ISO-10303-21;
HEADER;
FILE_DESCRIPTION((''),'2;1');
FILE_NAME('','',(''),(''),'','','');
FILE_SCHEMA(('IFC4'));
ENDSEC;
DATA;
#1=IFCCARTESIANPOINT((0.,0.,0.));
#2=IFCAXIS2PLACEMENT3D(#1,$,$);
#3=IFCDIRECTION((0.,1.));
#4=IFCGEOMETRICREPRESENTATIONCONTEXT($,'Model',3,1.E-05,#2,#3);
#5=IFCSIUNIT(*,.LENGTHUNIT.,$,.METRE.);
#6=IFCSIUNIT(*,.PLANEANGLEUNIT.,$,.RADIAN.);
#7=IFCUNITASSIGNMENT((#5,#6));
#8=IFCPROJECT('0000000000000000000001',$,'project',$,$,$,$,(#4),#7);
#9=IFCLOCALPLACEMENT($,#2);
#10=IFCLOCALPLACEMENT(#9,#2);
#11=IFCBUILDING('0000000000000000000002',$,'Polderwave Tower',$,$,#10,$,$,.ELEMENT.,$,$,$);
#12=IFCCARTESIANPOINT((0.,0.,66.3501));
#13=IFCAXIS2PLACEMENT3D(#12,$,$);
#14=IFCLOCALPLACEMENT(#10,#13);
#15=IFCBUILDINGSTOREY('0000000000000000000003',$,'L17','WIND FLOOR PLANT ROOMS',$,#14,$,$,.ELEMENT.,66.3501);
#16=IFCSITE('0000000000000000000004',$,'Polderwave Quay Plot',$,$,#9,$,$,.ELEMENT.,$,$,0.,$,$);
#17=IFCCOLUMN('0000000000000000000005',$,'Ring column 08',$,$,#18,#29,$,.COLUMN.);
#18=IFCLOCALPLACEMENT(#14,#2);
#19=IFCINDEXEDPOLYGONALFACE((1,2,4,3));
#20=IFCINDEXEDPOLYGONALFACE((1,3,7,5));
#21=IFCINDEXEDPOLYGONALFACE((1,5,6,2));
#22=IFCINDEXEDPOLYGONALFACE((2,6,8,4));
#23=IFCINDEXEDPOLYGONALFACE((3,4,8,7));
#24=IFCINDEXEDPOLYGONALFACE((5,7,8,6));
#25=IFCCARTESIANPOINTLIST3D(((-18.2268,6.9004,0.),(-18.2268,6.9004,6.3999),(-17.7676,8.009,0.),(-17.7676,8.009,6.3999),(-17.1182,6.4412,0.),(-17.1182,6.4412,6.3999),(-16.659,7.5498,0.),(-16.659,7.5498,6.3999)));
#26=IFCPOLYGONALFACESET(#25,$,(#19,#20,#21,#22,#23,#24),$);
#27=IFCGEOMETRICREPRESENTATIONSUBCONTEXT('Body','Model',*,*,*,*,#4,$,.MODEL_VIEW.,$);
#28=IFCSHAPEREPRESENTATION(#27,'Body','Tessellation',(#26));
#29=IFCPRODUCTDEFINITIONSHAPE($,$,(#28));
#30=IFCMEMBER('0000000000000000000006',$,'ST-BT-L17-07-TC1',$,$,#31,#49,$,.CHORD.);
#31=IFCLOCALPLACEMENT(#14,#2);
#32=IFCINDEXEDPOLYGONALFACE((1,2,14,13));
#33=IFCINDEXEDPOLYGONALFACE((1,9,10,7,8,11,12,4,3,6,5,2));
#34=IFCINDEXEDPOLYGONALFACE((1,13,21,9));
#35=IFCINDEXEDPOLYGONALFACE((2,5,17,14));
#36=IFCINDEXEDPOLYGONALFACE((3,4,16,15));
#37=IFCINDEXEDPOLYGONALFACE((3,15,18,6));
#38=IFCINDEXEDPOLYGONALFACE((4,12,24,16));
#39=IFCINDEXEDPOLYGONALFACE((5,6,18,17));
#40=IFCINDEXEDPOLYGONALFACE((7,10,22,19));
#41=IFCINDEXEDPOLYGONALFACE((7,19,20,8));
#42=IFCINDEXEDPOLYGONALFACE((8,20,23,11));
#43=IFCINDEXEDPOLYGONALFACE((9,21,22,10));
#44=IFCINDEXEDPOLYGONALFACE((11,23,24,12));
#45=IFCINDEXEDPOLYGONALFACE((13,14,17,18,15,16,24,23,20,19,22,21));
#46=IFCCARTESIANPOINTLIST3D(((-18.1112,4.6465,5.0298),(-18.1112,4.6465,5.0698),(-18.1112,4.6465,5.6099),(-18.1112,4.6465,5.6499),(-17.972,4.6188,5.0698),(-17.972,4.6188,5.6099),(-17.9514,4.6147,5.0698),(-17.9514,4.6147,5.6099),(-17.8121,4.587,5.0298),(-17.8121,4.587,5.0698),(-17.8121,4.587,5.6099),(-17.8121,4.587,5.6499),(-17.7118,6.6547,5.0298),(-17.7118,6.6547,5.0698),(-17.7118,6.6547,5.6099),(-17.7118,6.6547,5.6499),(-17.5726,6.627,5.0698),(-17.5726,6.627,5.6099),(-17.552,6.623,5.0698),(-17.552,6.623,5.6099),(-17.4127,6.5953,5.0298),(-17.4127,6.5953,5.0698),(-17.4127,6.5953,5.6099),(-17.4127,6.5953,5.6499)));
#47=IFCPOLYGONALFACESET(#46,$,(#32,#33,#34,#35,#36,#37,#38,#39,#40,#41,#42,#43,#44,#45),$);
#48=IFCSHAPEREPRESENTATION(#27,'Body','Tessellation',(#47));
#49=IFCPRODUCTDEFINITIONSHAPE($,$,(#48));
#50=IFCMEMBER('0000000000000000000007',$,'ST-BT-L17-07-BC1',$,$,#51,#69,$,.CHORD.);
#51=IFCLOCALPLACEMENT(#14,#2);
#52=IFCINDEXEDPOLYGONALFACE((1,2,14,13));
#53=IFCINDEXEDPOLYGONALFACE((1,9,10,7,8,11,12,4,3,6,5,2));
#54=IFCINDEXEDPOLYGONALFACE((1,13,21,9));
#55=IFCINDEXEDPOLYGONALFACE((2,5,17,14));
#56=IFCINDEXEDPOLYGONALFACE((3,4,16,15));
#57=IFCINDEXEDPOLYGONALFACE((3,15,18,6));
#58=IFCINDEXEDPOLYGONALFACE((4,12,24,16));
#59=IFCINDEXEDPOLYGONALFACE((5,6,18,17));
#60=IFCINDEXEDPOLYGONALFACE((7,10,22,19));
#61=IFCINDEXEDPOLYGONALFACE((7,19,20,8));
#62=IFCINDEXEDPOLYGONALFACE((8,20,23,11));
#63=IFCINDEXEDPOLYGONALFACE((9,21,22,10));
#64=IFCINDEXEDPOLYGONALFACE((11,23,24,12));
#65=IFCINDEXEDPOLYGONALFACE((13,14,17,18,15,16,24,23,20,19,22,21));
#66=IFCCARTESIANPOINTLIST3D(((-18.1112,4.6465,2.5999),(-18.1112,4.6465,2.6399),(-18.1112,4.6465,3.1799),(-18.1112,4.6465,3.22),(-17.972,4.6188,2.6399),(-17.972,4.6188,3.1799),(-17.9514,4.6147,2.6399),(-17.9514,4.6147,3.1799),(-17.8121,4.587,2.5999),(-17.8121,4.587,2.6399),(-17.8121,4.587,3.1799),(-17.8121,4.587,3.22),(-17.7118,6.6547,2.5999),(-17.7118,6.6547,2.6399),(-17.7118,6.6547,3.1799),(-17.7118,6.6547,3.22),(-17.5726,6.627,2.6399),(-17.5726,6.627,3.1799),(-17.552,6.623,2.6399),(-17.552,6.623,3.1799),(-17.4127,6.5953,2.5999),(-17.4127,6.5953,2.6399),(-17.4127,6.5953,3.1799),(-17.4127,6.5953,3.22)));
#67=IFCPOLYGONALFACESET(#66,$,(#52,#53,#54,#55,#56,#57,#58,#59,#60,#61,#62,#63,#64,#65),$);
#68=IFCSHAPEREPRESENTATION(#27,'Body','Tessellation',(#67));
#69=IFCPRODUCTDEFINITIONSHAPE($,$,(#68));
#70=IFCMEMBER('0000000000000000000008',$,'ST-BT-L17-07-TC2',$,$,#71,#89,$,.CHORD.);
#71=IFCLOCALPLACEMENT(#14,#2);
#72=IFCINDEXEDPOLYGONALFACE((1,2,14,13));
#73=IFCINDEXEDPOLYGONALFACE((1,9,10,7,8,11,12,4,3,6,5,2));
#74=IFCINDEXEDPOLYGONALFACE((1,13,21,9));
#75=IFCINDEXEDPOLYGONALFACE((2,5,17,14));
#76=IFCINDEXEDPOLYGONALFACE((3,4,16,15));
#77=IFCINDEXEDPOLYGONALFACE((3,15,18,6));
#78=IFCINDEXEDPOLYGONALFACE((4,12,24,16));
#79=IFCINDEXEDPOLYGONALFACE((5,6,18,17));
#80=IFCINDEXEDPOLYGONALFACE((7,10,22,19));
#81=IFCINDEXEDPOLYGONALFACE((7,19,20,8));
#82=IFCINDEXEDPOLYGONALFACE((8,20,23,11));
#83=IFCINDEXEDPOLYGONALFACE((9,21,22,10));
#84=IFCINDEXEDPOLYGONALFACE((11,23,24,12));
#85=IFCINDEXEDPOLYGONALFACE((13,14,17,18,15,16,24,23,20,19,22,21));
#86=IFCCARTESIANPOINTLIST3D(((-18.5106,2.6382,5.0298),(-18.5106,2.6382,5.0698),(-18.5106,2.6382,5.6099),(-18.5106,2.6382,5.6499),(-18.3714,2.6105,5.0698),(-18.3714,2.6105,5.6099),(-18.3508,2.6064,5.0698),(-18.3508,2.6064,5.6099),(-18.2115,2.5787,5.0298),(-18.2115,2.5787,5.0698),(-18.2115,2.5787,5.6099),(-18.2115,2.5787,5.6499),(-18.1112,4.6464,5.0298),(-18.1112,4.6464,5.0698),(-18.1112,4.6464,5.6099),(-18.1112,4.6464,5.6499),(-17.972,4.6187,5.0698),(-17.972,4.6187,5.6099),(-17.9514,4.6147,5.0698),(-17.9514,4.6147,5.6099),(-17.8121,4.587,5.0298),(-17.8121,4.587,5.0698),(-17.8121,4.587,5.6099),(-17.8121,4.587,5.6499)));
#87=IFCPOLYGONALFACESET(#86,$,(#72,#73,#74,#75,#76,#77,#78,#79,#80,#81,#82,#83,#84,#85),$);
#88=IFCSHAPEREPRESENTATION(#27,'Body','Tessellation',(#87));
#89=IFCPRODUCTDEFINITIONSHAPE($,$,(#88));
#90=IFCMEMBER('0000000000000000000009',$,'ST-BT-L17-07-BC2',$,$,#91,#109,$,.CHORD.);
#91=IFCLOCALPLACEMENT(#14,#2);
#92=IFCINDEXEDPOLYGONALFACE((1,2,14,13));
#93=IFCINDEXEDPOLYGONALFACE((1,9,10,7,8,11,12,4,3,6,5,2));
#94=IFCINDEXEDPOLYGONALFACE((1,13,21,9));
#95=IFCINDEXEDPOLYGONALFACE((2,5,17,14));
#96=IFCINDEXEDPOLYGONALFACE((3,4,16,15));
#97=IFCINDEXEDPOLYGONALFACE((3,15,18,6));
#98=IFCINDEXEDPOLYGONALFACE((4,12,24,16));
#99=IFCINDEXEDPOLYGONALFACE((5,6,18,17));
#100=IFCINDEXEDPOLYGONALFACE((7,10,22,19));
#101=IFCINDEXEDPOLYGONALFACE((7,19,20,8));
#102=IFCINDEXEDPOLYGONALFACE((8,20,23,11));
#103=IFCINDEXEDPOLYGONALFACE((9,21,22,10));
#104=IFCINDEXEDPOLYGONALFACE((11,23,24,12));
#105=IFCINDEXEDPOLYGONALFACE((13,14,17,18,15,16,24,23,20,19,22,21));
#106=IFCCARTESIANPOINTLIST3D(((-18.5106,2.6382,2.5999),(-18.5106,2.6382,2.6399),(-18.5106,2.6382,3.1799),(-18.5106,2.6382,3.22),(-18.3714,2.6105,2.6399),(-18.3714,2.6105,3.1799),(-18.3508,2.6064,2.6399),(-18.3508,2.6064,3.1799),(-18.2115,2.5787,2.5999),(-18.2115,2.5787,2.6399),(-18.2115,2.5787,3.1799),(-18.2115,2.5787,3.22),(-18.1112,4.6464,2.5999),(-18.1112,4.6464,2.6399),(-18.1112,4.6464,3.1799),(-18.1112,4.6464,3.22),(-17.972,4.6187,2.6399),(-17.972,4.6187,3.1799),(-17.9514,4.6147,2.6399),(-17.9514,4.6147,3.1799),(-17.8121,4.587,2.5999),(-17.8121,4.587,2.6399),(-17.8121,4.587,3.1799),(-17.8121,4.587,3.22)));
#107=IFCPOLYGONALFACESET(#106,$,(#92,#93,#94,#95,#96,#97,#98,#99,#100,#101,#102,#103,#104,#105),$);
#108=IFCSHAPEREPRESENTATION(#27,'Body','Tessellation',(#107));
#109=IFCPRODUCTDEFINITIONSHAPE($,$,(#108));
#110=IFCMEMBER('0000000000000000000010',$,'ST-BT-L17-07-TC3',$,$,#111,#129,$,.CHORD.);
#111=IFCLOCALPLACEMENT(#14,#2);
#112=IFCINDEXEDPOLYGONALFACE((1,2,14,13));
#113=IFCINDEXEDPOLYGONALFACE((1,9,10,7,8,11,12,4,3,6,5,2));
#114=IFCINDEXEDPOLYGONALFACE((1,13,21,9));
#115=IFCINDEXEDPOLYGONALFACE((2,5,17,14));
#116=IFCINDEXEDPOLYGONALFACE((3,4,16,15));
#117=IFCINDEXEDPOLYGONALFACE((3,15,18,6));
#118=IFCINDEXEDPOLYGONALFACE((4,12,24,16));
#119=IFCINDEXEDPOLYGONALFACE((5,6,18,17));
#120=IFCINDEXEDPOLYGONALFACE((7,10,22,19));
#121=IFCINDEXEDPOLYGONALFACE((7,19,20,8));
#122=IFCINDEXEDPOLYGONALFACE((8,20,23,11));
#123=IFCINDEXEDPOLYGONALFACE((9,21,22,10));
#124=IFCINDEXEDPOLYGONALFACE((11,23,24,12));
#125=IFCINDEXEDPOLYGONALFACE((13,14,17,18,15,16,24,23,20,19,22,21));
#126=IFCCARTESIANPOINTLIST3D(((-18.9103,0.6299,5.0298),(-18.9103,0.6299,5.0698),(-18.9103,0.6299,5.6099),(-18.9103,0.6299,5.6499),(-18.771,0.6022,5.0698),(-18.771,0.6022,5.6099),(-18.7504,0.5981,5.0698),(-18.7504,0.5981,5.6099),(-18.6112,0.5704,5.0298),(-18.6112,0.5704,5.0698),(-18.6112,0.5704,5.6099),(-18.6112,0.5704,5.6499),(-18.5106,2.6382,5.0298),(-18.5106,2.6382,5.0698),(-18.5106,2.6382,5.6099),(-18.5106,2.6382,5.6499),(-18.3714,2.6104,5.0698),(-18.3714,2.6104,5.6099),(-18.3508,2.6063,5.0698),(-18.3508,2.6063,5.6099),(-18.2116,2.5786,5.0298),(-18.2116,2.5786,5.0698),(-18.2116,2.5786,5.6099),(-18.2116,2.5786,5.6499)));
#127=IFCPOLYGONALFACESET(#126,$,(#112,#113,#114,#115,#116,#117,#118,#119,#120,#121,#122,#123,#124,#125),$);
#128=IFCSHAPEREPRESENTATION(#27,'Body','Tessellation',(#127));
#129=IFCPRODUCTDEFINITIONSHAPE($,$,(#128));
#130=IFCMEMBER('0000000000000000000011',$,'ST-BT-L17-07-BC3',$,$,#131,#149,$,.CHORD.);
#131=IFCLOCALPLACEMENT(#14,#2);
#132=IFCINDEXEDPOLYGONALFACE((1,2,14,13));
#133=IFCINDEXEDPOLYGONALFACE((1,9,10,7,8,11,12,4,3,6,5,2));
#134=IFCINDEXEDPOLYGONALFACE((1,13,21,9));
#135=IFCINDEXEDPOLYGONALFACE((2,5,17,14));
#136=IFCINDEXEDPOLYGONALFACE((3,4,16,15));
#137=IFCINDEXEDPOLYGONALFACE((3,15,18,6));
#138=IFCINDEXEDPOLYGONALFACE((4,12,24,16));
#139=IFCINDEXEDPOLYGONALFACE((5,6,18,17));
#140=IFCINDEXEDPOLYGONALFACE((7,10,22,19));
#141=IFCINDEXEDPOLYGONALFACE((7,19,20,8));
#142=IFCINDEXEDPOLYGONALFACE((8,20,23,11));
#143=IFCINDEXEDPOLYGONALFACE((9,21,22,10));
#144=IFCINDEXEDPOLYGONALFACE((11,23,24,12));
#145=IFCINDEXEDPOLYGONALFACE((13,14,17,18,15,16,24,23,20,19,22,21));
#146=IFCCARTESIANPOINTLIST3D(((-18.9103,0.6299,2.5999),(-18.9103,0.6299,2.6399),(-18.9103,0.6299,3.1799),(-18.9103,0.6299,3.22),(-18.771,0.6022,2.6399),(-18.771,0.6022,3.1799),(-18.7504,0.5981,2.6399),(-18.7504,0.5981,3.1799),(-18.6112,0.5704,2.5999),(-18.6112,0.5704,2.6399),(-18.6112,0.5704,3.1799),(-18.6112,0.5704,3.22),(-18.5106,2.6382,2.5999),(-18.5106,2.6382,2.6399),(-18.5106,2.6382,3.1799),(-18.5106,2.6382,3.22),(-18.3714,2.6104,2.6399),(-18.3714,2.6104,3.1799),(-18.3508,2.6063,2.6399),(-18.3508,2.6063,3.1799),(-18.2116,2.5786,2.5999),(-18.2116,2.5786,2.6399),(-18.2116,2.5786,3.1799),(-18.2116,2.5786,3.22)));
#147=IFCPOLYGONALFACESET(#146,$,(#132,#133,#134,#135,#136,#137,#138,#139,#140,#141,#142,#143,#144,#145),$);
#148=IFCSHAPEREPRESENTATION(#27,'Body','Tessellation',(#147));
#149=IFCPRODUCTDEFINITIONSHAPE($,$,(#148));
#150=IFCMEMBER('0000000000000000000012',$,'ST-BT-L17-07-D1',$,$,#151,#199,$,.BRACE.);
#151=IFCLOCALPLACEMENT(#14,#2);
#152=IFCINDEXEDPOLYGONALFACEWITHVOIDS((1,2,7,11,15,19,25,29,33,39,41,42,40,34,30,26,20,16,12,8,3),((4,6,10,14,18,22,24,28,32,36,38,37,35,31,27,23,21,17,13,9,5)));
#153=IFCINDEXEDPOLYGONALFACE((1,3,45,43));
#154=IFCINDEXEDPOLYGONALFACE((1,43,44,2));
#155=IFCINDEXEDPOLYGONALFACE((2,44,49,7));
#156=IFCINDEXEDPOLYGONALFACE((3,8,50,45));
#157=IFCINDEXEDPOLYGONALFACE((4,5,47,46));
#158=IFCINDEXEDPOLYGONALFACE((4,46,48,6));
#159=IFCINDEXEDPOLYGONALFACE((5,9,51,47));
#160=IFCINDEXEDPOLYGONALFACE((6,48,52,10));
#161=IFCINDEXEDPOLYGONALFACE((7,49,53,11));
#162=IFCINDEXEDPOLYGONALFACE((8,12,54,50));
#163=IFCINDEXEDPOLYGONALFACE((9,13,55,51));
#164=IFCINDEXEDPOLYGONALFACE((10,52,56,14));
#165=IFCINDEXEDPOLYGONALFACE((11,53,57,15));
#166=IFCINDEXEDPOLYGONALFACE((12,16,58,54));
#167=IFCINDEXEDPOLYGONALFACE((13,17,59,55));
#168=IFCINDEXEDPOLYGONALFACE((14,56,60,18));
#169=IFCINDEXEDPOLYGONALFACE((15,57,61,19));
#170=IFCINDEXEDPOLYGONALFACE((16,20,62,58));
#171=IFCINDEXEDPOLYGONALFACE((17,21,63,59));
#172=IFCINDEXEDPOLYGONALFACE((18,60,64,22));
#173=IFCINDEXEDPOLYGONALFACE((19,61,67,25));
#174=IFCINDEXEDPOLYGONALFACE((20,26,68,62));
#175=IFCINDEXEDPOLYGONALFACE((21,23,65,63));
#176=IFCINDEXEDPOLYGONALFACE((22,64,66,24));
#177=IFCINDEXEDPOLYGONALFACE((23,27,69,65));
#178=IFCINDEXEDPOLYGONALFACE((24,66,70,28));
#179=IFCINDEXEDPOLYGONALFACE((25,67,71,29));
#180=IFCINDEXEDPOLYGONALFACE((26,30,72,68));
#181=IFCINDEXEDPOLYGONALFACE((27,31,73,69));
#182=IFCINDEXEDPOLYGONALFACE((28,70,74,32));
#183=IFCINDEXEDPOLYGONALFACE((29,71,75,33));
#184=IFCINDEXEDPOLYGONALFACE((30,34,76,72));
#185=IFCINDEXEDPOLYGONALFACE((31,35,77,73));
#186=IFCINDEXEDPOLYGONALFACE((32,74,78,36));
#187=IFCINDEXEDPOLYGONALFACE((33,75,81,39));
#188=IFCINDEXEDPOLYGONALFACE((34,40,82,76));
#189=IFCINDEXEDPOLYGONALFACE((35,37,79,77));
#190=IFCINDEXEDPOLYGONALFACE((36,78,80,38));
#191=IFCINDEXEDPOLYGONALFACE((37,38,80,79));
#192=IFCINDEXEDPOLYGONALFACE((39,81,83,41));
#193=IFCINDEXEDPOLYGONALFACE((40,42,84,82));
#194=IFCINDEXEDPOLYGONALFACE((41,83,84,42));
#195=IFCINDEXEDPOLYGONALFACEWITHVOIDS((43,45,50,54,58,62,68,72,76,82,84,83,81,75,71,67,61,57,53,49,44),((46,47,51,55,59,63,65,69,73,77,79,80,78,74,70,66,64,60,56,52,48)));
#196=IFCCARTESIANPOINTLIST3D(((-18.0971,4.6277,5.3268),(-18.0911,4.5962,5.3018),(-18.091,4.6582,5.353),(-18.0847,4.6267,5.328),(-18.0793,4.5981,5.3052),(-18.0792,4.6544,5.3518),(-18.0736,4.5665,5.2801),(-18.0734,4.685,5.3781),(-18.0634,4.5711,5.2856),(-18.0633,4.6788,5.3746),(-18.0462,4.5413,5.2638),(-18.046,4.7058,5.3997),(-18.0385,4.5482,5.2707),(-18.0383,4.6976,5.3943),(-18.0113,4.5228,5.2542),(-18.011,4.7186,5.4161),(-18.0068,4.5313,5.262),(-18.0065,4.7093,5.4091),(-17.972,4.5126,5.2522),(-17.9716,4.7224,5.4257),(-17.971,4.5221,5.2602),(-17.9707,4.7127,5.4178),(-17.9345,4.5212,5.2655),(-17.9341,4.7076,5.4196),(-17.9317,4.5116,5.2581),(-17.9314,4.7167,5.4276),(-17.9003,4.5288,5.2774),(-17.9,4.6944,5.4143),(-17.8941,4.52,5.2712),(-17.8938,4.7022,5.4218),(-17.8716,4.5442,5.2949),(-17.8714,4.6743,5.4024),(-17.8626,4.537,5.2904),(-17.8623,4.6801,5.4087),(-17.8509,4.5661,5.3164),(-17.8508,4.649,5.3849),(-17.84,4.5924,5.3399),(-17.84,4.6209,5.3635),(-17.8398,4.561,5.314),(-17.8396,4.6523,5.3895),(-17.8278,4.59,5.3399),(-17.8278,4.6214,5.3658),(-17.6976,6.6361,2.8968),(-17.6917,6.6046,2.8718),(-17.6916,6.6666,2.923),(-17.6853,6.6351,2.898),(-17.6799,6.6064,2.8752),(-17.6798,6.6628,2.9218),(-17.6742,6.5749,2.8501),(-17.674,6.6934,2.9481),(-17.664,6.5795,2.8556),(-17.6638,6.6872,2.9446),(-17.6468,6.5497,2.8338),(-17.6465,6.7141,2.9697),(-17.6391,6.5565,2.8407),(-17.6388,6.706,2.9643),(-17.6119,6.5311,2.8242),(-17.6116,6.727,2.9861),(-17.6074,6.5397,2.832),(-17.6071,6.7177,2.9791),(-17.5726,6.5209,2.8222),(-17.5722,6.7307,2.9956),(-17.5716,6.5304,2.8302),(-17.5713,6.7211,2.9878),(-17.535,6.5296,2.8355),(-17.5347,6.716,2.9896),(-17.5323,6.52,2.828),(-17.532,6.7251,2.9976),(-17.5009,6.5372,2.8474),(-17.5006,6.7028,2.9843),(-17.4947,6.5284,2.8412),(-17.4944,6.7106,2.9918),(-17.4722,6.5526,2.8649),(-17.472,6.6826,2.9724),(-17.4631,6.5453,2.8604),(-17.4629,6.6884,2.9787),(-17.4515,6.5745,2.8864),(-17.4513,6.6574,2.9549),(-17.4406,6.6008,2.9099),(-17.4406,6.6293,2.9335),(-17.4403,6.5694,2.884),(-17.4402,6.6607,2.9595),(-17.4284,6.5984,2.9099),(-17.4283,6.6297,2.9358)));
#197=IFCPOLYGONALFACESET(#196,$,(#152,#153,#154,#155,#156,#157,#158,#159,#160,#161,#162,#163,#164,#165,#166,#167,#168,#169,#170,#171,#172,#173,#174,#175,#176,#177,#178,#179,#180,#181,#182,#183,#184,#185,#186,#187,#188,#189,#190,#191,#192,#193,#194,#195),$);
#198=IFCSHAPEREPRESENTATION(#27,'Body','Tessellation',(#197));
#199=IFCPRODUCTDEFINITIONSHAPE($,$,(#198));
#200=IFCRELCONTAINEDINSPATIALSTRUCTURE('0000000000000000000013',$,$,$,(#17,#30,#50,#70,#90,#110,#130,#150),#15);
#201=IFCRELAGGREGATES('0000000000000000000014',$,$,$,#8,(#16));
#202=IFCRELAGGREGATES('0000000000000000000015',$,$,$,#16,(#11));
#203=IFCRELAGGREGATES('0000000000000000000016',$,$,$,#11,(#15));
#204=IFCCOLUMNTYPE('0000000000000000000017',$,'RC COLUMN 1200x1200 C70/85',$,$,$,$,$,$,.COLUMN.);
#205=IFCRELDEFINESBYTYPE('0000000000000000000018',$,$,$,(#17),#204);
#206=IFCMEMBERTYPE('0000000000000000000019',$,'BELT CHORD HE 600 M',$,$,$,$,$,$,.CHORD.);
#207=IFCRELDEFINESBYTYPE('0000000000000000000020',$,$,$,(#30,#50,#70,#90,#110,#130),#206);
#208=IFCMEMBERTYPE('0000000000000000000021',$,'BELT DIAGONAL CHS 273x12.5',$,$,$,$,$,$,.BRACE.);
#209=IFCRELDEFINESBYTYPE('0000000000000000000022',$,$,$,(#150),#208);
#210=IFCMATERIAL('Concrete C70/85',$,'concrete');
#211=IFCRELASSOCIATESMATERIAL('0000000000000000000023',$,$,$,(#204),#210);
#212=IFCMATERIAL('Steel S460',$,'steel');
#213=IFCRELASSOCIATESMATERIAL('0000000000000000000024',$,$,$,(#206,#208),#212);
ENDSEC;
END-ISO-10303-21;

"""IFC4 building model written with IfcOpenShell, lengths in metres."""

from ifc_helpers import new_model, si_unit, direction, frame, origin, origin_2d, place, context, subcontext, project, spatial, rectangle, hollow_circle, i_section, extrude, material, material_profile, profile_set, type_object, element, save


model = new_model("IFC4")

# Units and contexts
model_context = context("Model", 3, precision=1e-05, world=origin(), true_north=direction((0.0, 1.0)))
body_context = subcontext(model_context, "Body", "Model", "MODEL_VIEW")
ifc_project = project(units=[si_unit("LENGTHUNIT", "METRE"), si_unit("PLANEANGLEUNIT", "RADIAN")], contexts=[model_context])

# Site, building, storey
site_placement = place(None, origin())
site = spatial("IfcSite", under=ifc_project, at=site_placement, Name="Polderwave Quay Plot", CompositionType="ELEMENT", RefElevation=0.0)
building_placement = place(site_placement, origin())
building = spatial("IfcBuilding", under=site, at=building_placement, Name="Polderwave Tower", CompositionType="ELEMENT")
storey_placement = place(building_placement, frame((0.0, 0.0, 66.3501)))
storey = spatial("IfcBuildingStorey", under=building, at=storey_placement, Name="L17", Description="WIND FLOOR PLANT ROOMS", CompositionType="ELEMENT", Elevation=66.3501)

# Column
ifc_material_1 = material(Name="Concrete C70/85", Category="concrete")
ifc_material_profile_1 = material_profile(ifc_material_1, rectangle(XDim=1.2, YDim=1.2, at=origin_2d()), Name="RC 1200x1200")
ifc_profile_set_1 = profile_set([ifc_material_profile_1], Name="Concrete C70/85")
column_type = type_object("IfcColumnType", Name="RC COLUMN 1200x1200 C70/85", PredefinedType="COLUMN", material=ifc_profile_set_1)
column_placement = place(storey_placement, frame((-17.4429, 7.2251, 0.0), z_axis=(0.0, 0.0, 1.0), x_axis=(-0.92388, 0.382683, 0.0)))
element("IfcColumn", 1, at=column_placement, inside=storey, type_object=column_type, Name="Ring column 08", PredefinedType="COLUMN", context=body_context, shape_type="SweptSolid", body=[
    extrude(rectangle(XDim=1.2, YDim=1.2, at=origin_2d()), origin(), (0.0, 0.0, 1.0), 6.3999),
])

# Members
ifc_material_2 = material(Name="Steel S460", Category="steel")
ifc_material_profile_2 = material_profile(ifc_material_2, i_section(OverallWidth=0.3049, OverallDepth=0.6201, WebThickness=0.021, FlangeThickness=0.04, at=origin_2d()), Name="HE 600 M")
ifc_profile_set_2 = profile_set([ifc_material_profile_2], Name="Steel S460")
member_type_1 = type_object("IfcMemberType", Name="BELT CHORD HE 600 M", PredefinedType="CHORD", material=ifc_profile_set_2)
for number, where, z_axis, x_axis, name in (
    (2, (-17.5623, 6.625, 5.3398), (-0.195061, -0.980791, 0.0), (0.980791, -0.195061, 0.0), "ST-BT-L17-07-TC1"),
    (3, (-17.5623, 6.625, 2.9099), (-0.195061, -0.980791, 0.0), (0.980791, -0.195061, 0.0), "ST-BT-L17-07-BC1"),
    (4, (-17.9617, 4.6167, 5.3398), (-0.195061, -0.980791, 0.0), (0.980791, -0.195061, 0.0), "ST-BT-L17-07-TC2"),
    (5, (-17.9617, 4.6167, 2.9099), (-0.195061, -0.980791, 0.0), (0.980791, -0.195061, 0.0), "ST-BT-L17-07-BC2"),
    (6, (-18.3611, 2.6084, 5.3398), (-0.195176, -0.980768, 0.0), (0.980768, -0.195176, 0.0), "ST-BT-L17-07-TC3"),
    (7, (-18.3611, 2.6084, 2.9099), (-0.195176, -0.980768, 0.0), (0.980768, -0.195176, 0.0), "ST-BT-L17-07-BC3"),
):
    element("IfcMember", number, at=place(storey_placement, frame(where, z_axis=z_axis, x_axis=x_axis)), inside=storey, type_object=member_type_1, Name=name, PredefinedType="CHORD", context=body_context, shape_type="SweptSolid", body=[
        extrude(i_section(OverallWidth=0.3049, OverallDepth=0.6201, WebThickness=0.021, FlangeThickness=0.04, at=origin_2d()), origin(), (0.0, 0.0, 1.0), 2.0476),
    ])
ifc_material_profile_3 = material_profile(ifc_material_2, hollow_circle(Radius=0.1365, WallThickness=0.0125, at=origin_2d()), Name="CHS 273x12.5")
ifc_profile_set_3 = profile_set([ifc_material_profile_3], Name="Steel S460")
member_type_2 = type_object("IfcMemberType", Name="BELT DIAGONAL CHS 273x12.5", PredefinedType="BRACE", material=ifc_profile_set_3)
for number, where, z_axis, x_axis, name in (
    (8, (-17.5623, 6.625, 2.9099), (-0.125695, -0.632011, 0.764698), (0.980791, -0.195061, 0.0), "ST-BT-L17-07-D1"),
):
    element("IfcMember", number, at=place(storey_placement, frame(where, z_axis=z_axis, x_axis=x_axis)), inside=storey, type_object=member_type_2, Name=name, PredefinedType="BRACE", context=body_context, shape_type="SweptSolid", body=[
        extrude(hollow_circle(Radius=0.1365, WallThickness=0.0125, at=origin_2d()), origin(), (0.0, 0.0, 1.0), 3.1777),
    ])

save(model, "model.ifc")
